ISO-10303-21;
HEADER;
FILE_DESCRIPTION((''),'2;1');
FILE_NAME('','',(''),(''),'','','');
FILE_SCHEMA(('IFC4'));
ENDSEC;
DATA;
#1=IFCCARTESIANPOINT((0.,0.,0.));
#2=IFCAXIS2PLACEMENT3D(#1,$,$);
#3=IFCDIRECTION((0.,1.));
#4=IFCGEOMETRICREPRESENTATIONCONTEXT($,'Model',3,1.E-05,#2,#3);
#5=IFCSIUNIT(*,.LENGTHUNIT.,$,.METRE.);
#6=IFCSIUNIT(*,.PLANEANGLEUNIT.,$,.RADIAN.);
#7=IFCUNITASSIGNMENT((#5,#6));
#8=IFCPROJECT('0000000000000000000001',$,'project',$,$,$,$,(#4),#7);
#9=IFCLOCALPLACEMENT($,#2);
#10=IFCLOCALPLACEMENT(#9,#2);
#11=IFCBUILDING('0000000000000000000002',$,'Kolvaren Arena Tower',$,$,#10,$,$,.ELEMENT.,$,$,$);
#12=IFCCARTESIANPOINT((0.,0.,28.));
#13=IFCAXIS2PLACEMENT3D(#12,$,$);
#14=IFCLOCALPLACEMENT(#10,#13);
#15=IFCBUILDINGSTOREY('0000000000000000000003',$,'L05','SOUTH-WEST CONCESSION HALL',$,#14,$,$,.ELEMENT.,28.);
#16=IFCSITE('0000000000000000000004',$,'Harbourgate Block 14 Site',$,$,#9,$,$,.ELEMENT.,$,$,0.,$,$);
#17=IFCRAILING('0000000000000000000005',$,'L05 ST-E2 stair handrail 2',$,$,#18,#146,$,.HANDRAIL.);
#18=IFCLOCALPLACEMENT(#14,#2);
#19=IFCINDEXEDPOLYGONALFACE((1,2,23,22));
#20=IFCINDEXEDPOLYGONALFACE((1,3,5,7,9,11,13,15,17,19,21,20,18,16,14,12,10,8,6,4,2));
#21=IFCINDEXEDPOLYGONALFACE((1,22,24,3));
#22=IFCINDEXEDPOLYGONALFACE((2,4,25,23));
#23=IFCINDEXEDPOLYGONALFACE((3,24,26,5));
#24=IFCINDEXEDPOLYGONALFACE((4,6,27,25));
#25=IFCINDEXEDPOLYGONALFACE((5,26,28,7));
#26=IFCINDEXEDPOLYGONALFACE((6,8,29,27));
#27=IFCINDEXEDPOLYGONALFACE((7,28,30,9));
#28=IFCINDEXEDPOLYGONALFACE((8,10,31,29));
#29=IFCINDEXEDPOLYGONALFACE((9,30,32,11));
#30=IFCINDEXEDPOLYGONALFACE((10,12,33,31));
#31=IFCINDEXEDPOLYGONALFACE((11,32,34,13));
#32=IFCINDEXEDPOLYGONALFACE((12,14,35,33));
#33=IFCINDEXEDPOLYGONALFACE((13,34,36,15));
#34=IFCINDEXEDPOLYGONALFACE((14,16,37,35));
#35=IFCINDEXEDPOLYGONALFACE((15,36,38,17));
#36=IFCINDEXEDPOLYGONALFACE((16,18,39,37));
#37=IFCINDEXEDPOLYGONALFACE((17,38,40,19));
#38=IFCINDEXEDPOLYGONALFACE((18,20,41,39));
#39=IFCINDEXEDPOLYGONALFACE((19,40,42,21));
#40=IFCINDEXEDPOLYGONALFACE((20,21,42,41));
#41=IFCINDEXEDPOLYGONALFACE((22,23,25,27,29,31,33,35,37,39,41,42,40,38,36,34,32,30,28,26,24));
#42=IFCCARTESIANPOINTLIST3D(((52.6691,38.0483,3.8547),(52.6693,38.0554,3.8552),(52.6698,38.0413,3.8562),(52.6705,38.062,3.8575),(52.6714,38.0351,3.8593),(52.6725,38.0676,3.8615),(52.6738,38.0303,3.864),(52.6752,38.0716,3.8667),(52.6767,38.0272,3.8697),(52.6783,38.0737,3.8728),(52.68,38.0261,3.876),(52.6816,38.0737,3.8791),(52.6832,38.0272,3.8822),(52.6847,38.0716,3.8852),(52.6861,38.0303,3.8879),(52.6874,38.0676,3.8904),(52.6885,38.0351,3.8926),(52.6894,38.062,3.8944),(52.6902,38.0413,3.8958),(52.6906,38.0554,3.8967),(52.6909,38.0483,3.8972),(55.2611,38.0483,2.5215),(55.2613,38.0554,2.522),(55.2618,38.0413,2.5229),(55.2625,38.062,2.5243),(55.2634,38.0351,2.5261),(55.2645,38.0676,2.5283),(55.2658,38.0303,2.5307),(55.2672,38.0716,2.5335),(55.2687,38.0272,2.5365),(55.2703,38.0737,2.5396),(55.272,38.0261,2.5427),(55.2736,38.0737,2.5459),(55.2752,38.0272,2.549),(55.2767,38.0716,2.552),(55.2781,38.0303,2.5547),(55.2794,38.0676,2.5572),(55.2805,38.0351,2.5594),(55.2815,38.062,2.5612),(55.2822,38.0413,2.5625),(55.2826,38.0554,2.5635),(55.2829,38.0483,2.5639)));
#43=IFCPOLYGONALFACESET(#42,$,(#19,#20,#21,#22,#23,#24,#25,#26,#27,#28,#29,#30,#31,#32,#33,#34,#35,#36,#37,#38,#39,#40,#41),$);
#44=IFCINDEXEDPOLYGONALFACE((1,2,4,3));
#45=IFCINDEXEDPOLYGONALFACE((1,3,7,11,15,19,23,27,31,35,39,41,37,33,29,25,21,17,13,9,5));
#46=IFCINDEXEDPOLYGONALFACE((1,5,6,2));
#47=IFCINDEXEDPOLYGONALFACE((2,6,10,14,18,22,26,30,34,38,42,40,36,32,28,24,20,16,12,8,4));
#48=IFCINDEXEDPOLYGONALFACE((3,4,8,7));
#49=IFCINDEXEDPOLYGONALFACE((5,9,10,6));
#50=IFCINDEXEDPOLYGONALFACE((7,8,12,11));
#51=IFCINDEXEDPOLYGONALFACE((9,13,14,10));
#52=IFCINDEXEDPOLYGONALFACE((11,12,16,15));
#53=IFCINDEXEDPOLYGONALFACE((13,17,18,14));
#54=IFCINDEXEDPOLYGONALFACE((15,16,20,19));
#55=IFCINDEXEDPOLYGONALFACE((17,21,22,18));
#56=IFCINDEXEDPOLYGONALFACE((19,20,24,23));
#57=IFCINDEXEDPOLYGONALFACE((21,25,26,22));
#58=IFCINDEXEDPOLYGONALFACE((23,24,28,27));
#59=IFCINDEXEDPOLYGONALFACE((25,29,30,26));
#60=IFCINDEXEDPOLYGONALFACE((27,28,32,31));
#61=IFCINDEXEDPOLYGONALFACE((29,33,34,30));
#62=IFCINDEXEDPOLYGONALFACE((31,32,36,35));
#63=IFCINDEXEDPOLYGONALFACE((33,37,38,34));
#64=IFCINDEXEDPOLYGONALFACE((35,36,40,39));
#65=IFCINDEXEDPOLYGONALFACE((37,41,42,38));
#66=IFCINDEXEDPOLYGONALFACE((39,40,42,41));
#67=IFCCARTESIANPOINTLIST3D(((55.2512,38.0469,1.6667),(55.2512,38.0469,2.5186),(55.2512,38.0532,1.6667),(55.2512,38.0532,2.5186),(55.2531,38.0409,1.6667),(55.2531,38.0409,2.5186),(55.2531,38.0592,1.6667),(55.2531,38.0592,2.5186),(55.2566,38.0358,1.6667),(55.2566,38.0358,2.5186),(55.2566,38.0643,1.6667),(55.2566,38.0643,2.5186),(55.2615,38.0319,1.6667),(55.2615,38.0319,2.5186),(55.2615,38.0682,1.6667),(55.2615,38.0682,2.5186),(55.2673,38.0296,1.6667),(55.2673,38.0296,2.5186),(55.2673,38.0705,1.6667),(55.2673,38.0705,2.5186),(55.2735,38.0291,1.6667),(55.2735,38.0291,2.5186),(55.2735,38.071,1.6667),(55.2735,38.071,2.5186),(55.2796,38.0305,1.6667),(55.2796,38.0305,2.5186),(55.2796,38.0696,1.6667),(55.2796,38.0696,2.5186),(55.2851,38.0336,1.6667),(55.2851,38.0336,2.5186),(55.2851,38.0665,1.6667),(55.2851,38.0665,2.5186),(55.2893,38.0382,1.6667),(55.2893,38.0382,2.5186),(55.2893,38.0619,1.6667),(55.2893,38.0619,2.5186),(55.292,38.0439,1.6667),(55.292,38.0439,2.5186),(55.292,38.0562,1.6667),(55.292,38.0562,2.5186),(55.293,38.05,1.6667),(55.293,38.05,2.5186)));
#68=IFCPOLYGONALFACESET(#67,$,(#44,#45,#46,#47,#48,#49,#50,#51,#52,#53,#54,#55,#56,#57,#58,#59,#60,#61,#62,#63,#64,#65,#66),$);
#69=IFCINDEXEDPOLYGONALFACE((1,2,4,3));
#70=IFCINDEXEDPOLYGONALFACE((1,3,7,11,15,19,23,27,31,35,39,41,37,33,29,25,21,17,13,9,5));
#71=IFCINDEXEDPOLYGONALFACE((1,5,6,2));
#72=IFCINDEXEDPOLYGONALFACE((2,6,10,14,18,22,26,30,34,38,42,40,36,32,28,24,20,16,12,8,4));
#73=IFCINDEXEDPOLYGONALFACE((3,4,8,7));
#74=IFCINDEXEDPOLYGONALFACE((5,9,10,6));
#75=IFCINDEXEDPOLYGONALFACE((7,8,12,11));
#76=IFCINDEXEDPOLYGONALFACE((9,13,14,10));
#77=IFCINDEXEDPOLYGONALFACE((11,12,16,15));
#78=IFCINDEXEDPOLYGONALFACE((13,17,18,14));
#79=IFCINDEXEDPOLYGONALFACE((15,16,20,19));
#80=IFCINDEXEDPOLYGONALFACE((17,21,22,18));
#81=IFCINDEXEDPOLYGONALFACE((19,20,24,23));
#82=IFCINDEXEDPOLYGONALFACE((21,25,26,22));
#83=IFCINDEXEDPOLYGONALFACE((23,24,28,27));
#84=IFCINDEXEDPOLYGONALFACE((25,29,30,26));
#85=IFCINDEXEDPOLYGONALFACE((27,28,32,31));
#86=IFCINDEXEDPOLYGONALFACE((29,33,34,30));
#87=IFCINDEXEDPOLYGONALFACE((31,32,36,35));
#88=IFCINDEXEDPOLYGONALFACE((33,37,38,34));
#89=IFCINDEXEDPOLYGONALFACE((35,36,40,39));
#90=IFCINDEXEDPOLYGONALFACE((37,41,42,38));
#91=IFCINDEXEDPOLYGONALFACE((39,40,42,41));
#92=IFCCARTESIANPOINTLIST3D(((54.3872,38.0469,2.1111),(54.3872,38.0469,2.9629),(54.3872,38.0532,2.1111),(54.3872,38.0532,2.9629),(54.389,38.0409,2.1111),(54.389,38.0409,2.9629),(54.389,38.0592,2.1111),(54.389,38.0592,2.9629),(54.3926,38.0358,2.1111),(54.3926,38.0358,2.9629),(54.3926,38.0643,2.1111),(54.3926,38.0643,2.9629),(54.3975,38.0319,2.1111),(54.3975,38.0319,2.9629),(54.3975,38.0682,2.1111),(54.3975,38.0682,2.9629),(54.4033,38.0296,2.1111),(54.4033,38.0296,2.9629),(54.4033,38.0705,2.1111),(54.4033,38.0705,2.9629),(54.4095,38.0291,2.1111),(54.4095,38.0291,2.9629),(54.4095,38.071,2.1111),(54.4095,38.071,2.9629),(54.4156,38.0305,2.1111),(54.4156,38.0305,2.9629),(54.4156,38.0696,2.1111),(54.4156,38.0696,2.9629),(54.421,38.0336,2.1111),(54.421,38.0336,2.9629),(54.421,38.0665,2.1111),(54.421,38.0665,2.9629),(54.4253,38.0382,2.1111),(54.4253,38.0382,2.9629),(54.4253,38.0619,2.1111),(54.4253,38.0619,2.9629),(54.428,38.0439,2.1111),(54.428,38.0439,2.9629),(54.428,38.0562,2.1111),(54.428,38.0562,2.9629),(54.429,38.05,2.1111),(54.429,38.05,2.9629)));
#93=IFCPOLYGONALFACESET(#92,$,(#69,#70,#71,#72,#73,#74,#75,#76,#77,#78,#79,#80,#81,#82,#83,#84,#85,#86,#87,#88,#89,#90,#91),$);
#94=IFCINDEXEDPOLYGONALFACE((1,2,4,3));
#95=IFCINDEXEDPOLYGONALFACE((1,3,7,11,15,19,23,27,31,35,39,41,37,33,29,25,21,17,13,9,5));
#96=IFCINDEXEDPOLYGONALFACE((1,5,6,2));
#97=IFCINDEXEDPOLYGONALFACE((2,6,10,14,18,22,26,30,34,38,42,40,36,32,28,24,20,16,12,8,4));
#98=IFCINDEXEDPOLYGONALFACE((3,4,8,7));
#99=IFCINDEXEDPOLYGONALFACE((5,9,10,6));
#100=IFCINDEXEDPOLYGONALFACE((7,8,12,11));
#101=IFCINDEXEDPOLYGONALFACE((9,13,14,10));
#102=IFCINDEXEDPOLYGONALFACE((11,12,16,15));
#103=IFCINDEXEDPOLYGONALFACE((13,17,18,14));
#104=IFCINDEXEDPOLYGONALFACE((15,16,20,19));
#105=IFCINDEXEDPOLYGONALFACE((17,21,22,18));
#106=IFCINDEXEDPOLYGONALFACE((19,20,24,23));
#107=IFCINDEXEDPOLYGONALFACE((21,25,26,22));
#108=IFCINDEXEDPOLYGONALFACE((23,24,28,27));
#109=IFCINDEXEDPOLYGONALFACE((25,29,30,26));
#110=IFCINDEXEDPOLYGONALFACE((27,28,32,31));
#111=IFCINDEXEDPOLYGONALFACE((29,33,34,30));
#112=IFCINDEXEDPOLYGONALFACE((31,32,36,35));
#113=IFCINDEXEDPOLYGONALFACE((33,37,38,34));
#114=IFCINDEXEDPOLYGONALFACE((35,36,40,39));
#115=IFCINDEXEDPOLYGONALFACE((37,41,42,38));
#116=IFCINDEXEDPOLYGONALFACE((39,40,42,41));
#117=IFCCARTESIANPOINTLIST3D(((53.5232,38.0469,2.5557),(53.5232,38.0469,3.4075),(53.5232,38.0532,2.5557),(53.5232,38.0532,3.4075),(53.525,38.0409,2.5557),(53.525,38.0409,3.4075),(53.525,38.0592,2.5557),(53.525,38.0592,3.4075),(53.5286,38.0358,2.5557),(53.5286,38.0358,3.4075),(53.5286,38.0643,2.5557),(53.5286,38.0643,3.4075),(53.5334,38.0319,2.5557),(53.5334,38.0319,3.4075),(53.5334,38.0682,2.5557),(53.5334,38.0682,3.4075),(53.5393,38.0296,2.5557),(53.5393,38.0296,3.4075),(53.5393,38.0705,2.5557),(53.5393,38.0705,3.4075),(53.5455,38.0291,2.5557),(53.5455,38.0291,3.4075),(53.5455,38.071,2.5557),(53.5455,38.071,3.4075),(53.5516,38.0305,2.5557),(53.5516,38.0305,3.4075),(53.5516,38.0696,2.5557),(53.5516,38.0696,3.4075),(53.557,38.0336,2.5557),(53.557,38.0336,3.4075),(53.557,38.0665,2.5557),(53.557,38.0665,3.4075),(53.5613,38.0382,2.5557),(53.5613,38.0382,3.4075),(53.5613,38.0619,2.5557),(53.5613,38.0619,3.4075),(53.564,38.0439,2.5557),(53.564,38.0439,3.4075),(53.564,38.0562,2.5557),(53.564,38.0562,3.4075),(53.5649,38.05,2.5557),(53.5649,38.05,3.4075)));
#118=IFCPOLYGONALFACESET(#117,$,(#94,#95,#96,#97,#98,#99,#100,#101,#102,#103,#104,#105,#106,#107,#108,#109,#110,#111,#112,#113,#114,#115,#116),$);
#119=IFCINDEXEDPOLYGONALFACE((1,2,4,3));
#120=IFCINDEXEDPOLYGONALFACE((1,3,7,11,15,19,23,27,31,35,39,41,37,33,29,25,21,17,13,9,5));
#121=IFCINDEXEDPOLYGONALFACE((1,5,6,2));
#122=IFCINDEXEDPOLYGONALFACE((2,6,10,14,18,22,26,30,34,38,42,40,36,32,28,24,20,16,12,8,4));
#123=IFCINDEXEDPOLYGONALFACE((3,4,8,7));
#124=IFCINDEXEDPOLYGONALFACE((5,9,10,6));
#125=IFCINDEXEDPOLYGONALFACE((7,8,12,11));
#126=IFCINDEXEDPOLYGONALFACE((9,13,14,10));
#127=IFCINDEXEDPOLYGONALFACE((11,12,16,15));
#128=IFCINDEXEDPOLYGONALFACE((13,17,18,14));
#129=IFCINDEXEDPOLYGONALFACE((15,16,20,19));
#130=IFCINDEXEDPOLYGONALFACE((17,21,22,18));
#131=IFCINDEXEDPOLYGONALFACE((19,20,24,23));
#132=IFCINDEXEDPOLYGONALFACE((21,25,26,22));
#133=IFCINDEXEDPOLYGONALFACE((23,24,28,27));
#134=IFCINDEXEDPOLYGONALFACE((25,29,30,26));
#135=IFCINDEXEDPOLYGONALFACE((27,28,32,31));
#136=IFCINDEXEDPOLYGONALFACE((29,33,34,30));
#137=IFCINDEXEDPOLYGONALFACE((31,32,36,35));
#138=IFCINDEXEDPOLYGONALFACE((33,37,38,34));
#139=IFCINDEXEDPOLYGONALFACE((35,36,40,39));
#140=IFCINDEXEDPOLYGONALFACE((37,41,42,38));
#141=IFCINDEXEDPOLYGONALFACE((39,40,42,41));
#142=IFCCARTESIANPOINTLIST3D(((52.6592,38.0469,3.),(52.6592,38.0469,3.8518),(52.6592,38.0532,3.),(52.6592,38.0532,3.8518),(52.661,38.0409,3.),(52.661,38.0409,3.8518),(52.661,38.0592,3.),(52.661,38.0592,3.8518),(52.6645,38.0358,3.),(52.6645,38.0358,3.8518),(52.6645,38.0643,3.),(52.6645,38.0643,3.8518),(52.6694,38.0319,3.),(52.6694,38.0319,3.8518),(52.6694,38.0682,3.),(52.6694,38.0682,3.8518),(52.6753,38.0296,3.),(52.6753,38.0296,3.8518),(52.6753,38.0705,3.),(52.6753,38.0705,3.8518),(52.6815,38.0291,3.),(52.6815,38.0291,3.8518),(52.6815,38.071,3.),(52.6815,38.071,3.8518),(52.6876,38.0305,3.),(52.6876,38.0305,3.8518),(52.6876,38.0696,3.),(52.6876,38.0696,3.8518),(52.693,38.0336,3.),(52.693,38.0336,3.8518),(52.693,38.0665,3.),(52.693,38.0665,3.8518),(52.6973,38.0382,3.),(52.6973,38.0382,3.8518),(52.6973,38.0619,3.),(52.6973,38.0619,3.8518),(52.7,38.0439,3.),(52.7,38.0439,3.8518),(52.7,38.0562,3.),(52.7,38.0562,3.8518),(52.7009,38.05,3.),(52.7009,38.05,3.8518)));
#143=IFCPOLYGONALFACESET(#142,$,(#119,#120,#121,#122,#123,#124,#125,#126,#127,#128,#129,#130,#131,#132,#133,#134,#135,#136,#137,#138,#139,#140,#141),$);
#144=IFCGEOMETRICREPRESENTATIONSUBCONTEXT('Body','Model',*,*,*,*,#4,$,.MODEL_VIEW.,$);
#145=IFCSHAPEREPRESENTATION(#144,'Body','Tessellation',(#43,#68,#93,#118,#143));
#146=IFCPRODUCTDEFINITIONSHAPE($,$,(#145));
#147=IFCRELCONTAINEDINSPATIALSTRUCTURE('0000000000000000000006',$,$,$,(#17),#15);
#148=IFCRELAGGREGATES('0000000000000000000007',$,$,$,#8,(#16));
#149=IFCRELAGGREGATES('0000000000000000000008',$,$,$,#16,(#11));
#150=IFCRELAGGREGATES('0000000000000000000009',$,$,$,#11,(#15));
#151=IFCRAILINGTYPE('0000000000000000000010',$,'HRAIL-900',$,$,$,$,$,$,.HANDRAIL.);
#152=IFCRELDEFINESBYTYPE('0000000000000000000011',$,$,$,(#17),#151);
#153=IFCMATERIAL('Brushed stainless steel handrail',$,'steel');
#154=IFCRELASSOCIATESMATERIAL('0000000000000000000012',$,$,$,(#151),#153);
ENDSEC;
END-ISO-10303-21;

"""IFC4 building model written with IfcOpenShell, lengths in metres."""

from ifc_helpers import new_model, si_unit, direction, frame, origin, origin_2d, place, context, subcontext, project, spatial, circle, extrude, material, type_object, element, save


model = new_model("IFC4")

# Units and contexts
model_context = context("Model", 3, precision=1e-05, world=origin(), true_north=direction((0.0, 1.0)))
body_context = subcontext(model_context, "Body", "Model", "MODEL_VIEW")
ifc_project = project(units=[si_unit("LENGTHUNIT", "METRE"), si_unit("PLANEANGLEUNIT", "RADIAN")], contexts=[model_context])

# Site, building, storey
site_placement = place(None, origin())
site = spatial("IfcSite", under=ifc_project, at=site_placement, Name="Harbourgate Block 14 Site", CompositionType="ELEMENT", RefElevation=0.0)
building_placement = place(site_placement, origin())
building = spatial("IfcBuilding", under=site, at=building_placement, Name="Kolvaren Arena Tower", CompositionType="ELEMENT")
storey_placement = place(building_placement, frame((0.0, 0.0, 28.0)))
storey = spatial("IfcBuildingStorey", under=building, at=storey_placement, Name="L05", Description="SOUTH-WEST CONCESSION HALL", CompositionType="ELEMENT", Elevation=28.0)

# Railing
ifc_material_1 = material(Name="Brushed stainless steel handrail", Category="steel")
railing_type_1 = type_object("IfcRailingType", Name="HRAIL-900", PredefinedType="HANDRAIL", material=ifc_material_1)
for number, where, name in (
    (1, (55.272, 38.05, 1.6667), "L05 ST-E2 stair handrail 2"),
):
    element("IfcRailing", number, at=place(storey_placement, frame(where)), inside=storey, type_object=railing_type_1, Name=name, PredefinedType="HANDRAIL", context=body_context, shape_type="SweptSolid", body=[
        extrude(circle(Radius=0.0239, at=origin_2d()), frame((0.0, 0.0, 0.876), z_axis=(-0.88926, 0.0, 0.457403), x_axis=(0.0, -1.0, 0.0)), (0.0, 0.0, 1.0), 2.9148),
        extrude(circle(Radius=0.021, at=origin_2d()), origin(), (0.0, 0.0, 1.0), 0.8518),
        extrude(circle(Radius=0.021, at=origin_2d()), frame((-0.864, 0.0, 0.4443)), (0.0, 0.0, 1.0), 0.8518),
        extrude(circle(Radius=0.021, at=origin_2d()), frame((-1.728, 0.0, 0.8889)), (0.0, 0.0, 1.0), 0.8518),
        extrude(circle(Radius=0.021, at=origin_2d()), frame((-2.592, 0.0, 1.3333)), (0.0, 0.0, 1.0), 0.8518),
    ])

save(model, "model.ifc")
